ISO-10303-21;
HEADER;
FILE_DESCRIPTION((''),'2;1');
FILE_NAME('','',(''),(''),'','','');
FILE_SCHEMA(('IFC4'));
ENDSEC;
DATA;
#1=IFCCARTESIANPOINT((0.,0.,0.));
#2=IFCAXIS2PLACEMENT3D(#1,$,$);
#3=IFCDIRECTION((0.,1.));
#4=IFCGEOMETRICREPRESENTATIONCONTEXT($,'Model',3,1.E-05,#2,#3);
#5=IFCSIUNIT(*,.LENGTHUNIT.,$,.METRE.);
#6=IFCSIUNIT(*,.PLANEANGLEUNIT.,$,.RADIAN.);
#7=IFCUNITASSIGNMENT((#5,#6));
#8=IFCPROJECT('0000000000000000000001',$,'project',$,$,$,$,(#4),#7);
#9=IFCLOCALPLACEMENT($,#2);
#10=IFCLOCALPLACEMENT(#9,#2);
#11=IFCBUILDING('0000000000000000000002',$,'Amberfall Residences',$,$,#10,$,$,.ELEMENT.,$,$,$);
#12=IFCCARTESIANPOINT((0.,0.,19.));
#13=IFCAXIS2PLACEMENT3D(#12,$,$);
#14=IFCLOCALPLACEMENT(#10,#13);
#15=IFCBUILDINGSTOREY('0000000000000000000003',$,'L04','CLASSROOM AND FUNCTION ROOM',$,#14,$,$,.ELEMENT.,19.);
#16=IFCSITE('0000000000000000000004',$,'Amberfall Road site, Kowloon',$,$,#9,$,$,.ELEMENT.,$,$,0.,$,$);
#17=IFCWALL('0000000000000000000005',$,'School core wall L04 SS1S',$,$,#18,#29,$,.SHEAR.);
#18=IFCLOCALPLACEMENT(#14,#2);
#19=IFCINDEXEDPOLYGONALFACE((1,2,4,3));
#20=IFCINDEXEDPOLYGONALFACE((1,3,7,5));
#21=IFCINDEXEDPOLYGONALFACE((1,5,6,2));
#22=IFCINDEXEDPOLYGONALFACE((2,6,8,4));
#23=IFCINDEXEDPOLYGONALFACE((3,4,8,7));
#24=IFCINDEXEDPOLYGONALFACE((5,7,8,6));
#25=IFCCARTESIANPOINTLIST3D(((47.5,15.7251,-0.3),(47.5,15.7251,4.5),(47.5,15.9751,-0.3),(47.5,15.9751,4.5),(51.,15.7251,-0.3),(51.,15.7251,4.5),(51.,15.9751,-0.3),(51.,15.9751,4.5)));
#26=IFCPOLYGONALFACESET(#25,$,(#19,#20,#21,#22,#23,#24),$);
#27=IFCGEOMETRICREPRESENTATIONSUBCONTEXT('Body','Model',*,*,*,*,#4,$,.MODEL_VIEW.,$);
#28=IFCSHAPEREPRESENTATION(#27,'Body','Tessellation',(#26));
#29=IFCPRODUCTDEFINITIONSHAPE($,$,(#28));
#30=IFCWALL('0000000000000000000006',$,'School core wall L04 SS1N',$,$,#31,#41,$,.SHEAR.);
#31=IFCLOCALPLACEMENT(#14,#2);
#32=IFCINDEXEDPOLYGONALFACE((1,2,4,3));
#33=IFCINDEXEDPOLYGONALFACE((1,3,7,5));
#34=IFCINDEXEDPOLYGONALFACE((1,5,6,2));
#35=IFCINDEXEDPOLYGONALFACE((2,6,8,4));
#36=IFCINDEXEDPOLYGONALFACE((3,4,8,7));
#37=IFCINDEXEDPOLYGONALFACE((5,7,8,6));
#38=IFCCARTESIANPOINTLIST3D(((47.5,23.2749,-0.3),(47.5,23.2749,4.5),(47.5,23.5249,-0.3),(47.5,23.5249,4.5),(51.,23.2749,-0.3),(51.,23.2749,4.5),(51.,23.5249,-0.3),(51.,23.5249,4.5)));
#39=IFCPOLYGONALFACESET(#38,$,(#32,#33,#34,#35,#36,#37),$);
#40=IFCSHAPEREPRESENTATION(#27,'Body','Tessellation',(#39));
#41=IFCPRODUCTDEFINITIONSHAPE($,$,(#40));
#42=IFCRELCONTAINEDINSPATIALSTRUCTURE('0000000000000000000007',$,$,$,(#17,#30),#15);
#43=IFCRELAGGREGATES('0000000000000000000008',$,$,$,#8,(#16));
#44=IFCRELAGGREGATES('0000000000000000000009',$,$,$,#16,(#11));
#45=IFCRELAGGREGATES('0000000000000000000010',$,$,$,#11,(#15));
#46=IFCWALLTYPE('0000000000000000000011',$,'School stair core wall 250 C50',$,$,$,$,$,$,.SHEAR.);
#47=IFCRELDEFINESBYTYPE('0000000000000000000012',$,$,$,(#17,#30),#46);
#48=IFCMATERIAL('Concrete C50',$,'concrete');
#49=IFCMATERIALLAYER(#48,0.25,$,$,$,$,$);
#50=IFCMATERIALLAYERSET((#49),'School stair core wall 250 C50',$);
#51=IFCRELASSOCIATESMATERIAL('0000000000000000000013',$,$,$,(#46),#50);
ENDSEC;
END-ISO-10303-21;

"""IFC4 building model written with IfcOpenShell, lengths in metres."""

from ifc_helpers import new_model, si_unit, direction, frame, frame_2d, origin, place, context, subcontext, project, spatial, rectangle, extrude, material, layer, layer_set, type_object, element, save


model = new_model("IFC4")

# Units and contexts
model_context = context("Model", 3, precision=1e-05, world=origin(), true_north=direction((0.0, 1.0)))
body_context = subcontext(model_context, "Body", "Model", "MODEL_VIEW")
ifc_project = project(units=[si_unit("LENGTHUNIT", "METRE"), si_unit("PLANEANGLEUNIT", "RADIAN")], contexts=[model_context])

# Site, building, storey
site_placement = place(None, origin())
site = spatial("IfcSite", under=ifc_project, at=site_placement, Name="Amberfall Road site, Kowloon", CompositionType="ELEMENT", RefElevation=0.0)
building_placement = place(site_placement, origin())
building = spatial("IfcBuilding", under=site, at=building_placement, Name="Amberfall Residences", CompositionType="ELEMENT")
storey_placement = place(building_placement, frame((0.0, 0.0, 19.0)))
storey = spatial("IfcBuildingStorey", under=building, at=storey_placement, Name="L04", Description="CLASSROOM AND FUNCTION ROOM", CompositionType="ELEMENT", Elevation=19.0)

# Shared definitions
ifc_material_1 = material(Name="Concrete C50", Category="concrete")
ifc_layer_1 = layer(ifc_material_1, 0.25)
ifc_layer_set_1 = layer_set([ifc_layer_1], Name="School stair core wall 250 C50")
wall_type_1 = type_object("IfcWallType", Name="School stair core wall 250 C50", PredefinedType="SHEAR", material=ifc_layer_set_1)

# Walls
for number, where, z_axis, x_axis, name in (
    (1, (47.5, 15.8501, -0.3), (0.0, 0.0, 1.0), (1.0, 0.0, 0.0), "School core wall L04 SS1S"),
    (2, (47.5, 23.3999, -0.3), (0.0, 0.0, 1.0), (1.0, 0.0, 0.0), "School core wall L04 SS1N"),
):
    element("IfcWall", number, at=place(storey_placement, frame(where, z_axis=z_axis, x_axis=x_axis)), inside=storey, type_object=wall_type_1, Name=name, PredefinedType="SHEAR", context=body_context, shape_type="SweptSolid", body=[
        extrude(rectangle(XDim=3.5, YDim=0.25, at=frame_2d((1.75, 0.0))), origin(), (0.0, 0.0, 1.0), 4.8),
    ])

save(model, "model.ifc")
